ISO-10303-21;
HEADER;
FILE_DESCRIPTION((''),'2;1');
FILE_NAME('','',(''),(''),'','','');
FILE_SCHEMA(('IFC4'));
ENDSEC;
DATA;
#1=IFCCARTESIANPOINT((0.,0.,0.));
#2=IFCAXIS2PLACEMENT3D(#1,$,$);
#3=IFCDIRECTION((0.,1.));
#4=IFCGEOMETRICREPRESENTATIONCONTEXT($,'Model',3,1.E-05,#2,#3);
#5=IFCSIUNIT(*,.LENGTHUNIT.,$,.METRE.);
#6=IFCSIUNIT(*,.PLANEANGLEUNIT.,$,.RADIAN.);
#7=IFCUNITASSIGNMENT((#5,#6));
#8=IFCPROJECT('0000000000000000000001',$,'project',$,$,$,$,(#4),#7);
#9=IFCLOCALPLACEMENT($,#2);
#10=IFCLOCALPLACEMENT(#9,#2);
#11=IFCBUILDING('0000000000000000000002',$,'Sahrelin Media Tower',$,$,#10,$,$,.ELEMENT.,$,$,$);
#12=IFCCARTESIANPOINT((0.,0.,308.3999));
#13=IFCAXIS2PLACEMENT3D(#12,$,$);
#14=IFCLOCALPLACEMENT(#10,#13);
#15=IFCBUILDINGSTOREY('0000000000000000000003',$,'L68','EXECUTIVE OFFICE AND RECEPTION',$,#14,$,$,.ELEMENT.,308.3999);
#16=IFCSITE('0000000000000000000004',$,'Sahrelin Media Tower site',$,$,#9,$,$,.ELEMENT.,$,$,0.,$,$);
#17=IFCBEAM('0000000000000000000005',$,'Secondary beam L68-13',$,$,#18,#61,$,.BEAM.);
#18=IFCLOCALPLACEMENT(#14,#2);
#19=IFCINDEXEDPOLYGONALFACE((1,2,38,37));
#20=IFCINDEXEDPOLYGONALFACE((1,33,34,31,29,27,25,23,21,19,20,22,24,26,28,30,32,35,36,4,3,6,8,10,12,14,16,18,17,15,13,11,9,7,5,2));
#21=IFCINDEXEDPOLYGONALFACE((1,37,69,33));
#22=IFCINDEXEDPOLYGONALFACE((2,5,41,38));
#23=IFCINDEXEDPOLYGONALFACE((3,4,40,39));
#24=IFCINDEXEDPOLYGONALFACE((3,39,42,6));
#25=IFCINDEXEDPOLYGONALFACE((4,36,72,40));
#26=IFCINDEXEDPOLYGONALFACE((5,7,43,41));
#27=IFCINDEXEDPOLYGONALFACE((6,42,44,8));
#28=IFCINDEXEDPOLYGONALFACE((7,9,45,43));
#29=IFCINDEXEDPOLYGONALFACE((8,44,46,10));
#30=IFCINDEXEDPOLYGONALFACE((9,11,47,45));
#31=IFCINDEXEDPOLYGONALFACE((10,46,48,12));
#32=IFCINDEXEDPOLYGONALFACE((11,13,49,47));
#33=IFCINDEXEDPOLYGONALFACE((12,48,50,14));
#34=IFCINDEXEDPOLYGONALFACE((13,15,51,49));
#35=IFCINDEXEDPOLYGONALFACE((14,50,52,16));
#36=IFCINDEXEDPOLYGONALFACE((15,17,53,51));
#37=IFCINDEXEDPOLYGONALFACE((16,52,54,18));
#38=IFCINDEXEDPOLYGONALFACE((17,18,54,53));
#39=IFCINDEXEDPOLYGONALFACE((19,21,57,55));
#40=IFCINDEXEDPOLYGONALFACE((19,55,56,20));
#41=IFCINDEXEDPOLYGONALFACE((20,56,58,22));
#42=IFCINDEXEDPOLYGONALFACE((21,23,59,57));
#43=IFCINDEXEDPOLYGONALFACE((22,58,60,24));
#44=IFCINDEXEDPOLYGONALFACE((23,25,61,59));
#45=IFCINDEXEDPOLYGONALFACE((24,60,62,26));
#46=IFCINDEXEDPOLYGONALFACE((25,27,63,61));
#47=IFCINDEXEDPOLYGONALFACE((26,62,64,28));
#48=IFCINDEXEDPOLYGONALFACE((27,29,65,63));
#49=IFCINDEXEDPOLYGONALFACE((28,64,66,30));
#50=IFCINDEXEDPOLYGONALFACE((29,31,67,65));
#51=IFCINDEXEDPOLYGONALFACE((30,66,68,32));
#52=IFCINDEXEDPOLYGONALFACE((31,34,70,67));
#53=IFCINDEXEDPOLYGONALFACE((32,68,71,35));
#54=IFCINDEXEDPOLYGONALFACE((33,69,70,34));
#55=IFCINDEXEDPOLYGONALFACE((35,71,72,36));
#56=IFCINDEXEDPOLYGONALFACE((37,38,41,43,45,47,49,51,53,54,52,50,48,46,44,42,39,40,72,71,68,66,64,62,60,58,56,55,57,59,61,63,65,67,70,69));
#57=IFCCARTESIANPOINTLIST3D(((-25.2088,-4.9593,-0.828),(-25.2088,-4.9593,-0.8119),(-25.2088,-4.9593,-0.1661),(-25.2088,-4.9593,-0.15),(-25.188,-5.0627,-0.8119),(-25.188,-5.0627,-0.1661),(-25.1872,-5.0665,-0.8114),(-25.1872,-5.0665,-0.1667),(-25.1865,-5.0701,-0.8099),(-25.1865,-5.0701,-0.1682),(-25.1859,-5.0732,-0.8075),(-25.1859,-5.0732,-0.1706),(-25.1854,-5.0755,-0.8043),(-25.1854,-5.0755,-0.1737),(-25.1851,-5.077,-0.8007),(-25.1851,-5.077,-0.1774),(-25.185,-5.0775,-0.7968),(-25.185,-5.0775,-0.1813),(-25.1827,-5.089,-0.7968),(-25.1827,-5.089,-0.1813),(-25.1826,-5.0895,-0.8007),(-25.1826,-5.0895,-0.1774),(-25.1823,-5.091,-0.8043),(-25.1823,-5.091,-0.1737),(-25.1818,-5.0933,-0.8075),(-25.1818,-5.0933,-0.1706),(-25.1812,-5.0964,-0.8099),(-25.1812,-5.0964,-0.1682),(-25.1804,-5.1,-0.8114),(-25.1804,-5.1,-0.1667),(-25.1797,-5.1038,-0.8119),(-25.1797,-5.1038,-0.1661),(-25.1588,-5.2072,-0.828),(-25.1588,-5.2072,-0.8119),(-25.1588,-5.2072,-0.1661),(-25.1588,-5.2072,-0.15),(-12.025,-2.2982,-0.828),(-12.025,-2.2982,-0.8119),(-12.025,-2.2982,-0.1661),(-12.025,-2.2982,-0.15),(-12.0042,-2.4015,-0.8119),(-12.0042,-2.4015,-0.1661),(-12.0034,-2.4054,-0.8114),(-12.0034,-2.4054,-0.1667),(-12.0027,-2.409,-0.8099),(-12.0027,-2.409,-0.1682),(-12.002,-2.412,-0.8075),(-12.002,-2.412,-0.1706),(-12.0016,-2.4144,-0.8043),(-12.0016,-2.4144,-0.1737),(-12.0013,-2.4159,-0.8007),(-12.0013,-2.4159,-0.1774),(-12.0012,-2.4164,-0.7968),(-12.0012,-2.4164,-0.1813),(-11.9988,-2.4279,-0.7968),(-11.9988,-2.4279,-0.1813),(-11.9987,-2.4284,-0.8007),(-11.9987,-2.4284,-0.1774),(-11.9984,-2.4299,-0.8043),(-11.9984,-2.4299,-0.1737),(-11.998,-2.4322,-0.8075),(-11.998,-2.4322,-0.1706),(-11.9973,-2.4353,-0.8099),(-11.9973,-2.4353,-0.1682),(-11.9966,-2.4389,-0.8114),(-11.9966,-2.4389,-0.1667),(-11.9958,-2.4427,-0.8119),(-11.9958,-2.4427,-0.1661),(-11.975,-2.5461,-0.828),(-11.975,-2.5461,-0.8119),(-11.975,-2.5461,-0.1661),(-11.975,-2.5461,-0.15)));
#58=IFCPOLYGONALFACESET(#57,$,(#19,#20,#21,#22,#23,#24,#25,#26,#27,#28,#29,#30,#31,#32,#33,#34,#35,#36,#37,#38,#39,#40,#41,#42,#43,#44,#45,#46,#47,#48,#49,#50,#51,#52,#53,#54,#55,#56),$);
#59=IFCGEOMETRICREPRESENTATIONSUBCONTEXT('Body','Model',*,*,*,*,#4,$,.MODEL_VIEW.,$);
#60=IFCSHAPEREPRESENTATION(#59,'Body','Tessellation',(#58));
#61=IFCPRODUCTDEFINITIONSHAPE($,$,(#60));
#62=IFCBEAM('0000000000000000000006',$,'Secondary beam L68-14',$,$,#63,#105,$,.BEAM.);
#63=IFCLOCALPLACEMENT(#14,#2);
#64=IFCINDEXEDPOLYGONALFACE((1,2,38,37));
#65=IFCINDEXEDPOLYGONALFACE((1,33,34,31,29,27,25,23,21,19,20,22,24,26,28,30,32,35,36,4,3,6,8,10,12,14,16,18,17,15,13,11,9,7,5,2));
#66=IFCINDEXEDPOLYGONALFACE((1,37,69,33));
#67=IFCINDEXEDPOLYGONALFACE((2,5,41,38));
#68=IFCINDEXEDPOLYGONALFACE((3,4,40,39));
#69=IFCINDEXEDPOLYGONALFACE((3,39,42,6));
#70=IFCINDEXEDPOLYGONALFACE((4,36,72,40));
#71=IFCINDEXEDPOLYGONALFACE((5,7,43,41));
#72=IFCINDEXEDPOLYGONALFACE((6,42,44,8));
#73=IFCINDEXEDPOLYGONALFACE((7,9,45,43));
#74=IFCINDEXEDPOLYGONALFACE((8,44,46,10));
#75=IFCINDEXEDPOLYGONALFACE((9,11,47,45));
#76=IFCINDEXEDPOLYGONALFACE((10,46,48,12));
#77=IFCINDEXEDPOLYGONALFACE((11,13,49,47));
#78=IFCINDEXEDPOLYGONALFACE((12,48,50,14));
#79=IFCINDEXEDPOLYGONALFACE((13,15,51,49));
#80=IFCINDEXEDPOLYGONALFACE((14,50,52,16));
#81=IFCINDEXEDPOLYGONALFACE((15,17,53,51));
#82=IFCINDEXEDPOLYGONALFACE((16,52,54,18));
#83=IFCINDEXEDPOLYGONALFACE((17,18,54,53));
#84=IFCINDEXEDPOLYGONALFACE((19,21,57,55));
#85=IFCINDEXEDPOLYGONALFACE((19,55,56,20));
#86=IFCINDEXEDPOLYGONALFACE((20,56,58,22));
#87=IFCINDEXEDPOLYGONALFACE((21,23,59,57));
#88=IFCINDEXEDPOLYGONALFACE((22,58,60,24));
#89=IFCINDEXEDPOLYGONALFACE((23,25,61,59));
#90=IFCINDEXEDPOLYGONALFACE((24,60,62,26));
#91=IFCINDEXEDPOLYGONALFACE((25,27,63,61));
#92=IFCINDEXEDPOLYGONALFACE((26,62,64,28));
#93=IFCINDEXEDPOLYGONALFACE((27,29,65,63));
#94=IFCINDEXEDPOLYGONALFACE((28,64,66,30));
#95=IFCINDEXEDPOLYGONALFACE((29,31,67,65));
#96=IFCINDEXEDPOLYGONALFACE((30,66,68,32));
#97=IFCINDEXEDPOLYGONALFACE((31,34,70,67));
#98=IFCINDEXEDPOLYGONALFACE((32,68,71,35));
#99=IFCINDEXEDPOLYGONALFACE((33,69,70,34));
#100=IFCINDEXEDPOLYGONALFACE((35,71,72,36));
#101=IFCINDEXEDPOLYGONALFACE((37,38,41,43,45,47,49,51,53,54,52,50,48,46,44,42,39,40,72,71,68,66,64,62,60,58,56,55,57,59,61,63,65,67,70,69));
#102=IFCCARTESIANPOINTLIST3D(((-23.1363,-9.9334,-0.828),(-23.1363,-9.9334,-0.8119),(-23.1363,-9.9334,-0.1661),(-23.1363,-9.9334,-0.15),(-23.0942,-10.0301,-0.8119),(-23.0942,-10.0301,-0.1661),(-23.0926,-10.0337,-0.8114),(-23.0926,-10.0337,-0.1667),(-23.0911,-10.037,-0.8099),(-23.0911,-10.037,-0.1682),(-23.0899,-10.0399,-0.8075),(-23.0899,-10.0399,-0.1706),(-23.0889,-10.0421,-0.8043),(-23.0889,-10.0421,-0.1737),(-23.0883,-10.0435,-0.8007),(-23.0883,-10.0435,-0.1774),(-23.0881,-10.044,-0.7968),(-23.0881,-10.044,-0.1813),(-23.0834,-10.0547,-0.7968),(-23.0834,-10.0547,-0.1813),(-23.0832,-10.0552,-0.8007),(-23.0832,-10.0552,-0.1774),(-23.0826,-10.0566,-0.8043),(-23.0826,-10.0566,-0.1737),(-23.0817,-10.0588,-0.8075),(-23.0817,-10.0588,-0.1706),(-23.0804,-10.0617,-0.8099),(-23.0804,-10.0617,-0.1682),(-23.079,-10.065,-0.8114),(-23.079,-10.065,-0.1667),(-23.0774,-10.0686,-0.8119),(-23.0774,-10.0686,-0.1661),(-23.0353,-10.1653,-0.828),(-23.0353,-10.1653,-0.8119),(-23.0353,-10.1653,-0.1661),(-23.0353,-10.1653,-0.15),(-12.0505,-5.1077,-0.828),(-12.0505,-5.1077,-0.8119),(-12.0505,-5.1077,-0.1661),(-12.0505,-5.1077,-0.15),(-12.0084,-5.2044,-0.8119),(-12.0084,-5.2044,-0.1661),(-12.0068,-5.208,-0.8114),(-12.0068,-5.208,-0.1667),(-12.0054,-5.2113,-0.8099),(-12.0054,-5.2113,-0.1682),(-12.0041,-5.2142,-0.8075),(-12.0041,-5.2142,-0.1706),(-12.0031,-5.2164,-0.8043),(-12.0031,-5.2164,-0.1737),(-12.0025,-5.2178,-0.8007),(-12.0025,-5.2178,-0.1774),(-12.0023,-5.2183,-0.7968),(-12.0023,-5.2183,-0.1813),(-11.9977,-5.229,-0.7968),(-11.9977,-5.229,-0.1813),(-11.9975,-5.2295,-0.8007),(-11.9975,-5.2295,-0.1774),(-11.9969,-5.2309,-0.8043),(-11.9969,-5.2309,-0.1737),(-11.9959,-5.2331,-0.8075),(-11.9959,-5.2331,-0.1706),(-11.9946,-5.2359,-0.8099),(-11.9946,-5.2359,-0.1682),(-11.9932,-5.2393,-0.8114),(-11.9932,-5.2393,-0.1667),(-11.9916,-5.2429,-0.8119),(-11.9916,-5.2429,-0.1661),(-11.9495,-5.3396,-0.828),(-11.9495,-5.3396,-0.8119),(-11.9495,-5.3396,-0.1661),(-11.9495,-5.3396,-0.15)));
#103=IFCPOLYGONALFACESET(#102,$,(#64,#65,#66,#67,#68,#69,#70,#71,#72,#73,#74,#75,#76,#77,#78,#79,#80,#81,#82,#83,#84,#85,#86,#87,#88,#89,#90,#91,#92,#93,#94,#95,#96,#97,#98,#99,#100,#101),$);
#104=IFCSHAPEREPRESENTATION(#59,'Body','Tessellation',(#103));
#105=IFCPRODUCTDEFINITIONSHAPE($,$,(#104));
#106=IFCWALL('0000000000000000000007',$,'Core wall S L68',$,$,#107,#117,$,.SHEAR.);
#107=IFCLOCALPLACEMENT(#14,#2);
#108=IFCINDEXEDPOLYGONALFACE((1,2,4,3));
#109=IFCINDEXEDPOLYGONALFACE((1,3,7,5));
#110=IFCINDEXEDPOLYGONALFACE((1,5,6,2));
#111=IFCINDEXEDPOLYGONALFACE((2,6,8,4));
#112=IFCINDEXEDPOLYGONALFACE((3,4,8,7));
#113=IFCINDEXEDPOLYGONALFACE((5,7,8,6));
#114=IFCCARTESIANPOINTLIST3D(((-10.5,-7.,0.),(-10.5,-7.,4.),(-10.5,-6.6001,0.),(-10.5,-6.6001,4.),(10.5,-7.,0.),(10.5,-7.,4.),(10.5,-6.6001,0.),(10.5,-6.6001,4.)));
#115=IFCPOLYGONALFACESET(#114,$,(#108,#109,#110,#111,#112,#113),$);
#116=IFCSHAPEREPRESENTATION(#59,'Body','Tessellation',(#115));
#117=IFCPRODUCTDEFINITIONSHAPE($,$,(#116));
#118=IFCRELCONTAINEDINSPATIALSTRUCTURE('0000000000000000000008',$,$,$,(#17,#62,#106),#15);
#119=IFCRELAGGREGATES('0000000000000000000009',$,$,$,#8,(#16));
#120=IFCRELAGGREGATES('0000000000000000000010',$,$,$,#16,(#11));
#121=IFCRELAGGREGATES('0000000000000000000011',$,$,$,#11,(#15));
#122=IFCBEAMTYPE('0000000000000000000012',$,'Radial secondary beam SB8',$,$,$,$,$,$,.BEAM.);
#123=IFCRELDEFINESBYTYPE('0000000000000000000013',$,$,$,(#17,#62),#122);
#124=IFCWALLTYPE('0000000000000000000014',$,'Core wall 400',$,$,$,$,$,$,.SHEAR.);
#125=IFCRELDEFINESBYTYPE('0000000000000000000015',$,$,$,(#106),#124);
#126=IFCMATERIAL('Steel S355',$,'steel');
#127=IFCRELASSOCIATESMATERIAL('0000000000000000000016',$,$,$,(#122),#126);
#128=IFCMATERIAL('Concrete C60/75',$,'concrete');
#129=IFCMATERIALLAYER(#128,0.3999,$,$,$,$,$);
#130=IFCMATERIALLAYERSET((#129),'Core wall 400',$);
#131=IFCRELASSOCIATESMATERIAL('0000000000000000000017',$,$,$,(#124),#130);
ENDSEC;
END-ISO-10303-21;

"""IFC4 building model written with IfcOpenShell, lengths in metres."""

from ifc_helpers import new_model, si_unit, direction, frame, frame_2d, origin, origin_2d, place, context, subcontext, project, spatial, rectangle, i_section, extrude, material, layer, layer_set, material_profile, profile_set, type_object, element, save


model = new_model("IFC4")

# Units and contexts
model_context = context("Model", 3, precision=1e-05, world=origin(), true_north=direction((0.0, 1.0)))
body_context = subcontext(model_context, "Body", "Model", "MODEL_VIEW")
ifc_project = project(units=[si_unit("LENGTHUNIT", "METRE"), si_unit("PLANEANGLEUNIT", "RADIAN")], contexts=[model_context])

# Site, building, storey
site_placement = place(None, origin())
site = spatial("IfcSite", under=ifc_project, at=site_placement, Name="Sahrelin Media Tower site", CompositionType="ELEMENT", RefElevation=0.0)
building_placement = place(site_placement, origin())
building = spatial("IfcBuilding", under=site, at=building_placement, Name="Sahrelin Media Tower", CompositionType="ELEMENT")
storey_placement = place(building_placement, frame((0.0, 0.0, 308.3999)))
storey = spatial("IfcBuildingStorey", under=building, at=storey_placement, Name="L68", Description="EXECUTIVE OFFICE AND RECEPTION", CompositionType="ELEMENT", Elevation=308.3999)

# Beams
ifc_material_1 = material(Name="Steel S355", Category="steel")
ifc_material_profile_1 = material_profile(ifc_material_1, i_section(OverallWidth=0.2529, OverallDepth=0.678, WebThickness=0.0117, FlangeThickness=0.0161, FilletRadius=0.0151, at=origin_2d()), Name="UB 686x254x125")
ifc_profile_set_1 = profile_set([ifc_material_profile_1], Name="Steel S355")
beam_type_1 = type_object("IfcBeamType", Name="Radial secondary beam SB8", PredefinedType="BEAM", material=ifc_profile_set_1)
beam_1_placement = place(storey_placement, frame((-12.0, -2.4221, -0.489), z_axis=(-0.980231, -0.197858, 0.0), x_axis=(0.197858, -0.980231, 0.0)))
element("IfcBeam", 1, at=beam_1_placement, inside=storey, type_object=beam_type_1, Name="Secondary beam L68-13", PredefinedType="BEAM", context=body_context, shape_type="SweptSolid", body=[
    extrude(i_section(OverallWidth=0.2529, OverallDepth=0.678, WebThickness=0.0117, FlangeThickness=0.0161, FilletRadius=0.0151, at=origin_2d()), origin(), (0.0, 0.0, 1.0), 13.4497),
])
beam_2_placement = place(storey_placement, frame((-12.0, -5.2236, -0.489), z_axis=(-0.916894, -0.399131, 0.0), x_axis=(0.399131, -0.916894, 0.0)))
element("IfcBeam", 2, at=beam_2_placement, inside=storey, type_object=beam_type_1, Name="Secondary beam L68-14", PredefinedType="BEAM", context=body_context, shape_type="SweptSolid", body=[
    extrude(i_section(OverallWidth=0.2529, OverallDepth=0.678, WebThickness=0.0117, FlangeThickness=0.0161, FilletRadius=0.0151, at=origin_2d()), origin(), (0.0, 0.0, 1.0), 12.0906),
])

# Wall
ifc_material_2 = material(Name="Concrete C60/75", Category="concrete")
ifc_layer_1 = layer(ifc_material_2, 0.3999)
ifc_layer_set_1 = layer_set([ifc_layer_1], Name="Core wall 400")
wall_type_1 = type_object("IfcWallType", Name="Core wall 400", PredefinedType="SHEAR", material=ifc_layer_set_1)
wall_1_placement = place(storey_placement, frame((-10.5, -6.8, 0.0), z_axis=(0.0, 0.0, 1.0), x_axis=(1.0, 0.0, 0.0)))
element("IfcWall", 3, at=wall_1_placement, inside=storey, type_object=wall_type_1, Name="Core wall S L68", PredefinedType="SHEAR", context=body_context, shape_type="SweptSolid", body=[
    extrude(rectangle(XDim=21.0, YDim=0.3999, at=frame_2d((10.5, 0.0))), origin(), (0.0, 0.0, 1.0), 4.0),
])

save(model, "model.ifc")
